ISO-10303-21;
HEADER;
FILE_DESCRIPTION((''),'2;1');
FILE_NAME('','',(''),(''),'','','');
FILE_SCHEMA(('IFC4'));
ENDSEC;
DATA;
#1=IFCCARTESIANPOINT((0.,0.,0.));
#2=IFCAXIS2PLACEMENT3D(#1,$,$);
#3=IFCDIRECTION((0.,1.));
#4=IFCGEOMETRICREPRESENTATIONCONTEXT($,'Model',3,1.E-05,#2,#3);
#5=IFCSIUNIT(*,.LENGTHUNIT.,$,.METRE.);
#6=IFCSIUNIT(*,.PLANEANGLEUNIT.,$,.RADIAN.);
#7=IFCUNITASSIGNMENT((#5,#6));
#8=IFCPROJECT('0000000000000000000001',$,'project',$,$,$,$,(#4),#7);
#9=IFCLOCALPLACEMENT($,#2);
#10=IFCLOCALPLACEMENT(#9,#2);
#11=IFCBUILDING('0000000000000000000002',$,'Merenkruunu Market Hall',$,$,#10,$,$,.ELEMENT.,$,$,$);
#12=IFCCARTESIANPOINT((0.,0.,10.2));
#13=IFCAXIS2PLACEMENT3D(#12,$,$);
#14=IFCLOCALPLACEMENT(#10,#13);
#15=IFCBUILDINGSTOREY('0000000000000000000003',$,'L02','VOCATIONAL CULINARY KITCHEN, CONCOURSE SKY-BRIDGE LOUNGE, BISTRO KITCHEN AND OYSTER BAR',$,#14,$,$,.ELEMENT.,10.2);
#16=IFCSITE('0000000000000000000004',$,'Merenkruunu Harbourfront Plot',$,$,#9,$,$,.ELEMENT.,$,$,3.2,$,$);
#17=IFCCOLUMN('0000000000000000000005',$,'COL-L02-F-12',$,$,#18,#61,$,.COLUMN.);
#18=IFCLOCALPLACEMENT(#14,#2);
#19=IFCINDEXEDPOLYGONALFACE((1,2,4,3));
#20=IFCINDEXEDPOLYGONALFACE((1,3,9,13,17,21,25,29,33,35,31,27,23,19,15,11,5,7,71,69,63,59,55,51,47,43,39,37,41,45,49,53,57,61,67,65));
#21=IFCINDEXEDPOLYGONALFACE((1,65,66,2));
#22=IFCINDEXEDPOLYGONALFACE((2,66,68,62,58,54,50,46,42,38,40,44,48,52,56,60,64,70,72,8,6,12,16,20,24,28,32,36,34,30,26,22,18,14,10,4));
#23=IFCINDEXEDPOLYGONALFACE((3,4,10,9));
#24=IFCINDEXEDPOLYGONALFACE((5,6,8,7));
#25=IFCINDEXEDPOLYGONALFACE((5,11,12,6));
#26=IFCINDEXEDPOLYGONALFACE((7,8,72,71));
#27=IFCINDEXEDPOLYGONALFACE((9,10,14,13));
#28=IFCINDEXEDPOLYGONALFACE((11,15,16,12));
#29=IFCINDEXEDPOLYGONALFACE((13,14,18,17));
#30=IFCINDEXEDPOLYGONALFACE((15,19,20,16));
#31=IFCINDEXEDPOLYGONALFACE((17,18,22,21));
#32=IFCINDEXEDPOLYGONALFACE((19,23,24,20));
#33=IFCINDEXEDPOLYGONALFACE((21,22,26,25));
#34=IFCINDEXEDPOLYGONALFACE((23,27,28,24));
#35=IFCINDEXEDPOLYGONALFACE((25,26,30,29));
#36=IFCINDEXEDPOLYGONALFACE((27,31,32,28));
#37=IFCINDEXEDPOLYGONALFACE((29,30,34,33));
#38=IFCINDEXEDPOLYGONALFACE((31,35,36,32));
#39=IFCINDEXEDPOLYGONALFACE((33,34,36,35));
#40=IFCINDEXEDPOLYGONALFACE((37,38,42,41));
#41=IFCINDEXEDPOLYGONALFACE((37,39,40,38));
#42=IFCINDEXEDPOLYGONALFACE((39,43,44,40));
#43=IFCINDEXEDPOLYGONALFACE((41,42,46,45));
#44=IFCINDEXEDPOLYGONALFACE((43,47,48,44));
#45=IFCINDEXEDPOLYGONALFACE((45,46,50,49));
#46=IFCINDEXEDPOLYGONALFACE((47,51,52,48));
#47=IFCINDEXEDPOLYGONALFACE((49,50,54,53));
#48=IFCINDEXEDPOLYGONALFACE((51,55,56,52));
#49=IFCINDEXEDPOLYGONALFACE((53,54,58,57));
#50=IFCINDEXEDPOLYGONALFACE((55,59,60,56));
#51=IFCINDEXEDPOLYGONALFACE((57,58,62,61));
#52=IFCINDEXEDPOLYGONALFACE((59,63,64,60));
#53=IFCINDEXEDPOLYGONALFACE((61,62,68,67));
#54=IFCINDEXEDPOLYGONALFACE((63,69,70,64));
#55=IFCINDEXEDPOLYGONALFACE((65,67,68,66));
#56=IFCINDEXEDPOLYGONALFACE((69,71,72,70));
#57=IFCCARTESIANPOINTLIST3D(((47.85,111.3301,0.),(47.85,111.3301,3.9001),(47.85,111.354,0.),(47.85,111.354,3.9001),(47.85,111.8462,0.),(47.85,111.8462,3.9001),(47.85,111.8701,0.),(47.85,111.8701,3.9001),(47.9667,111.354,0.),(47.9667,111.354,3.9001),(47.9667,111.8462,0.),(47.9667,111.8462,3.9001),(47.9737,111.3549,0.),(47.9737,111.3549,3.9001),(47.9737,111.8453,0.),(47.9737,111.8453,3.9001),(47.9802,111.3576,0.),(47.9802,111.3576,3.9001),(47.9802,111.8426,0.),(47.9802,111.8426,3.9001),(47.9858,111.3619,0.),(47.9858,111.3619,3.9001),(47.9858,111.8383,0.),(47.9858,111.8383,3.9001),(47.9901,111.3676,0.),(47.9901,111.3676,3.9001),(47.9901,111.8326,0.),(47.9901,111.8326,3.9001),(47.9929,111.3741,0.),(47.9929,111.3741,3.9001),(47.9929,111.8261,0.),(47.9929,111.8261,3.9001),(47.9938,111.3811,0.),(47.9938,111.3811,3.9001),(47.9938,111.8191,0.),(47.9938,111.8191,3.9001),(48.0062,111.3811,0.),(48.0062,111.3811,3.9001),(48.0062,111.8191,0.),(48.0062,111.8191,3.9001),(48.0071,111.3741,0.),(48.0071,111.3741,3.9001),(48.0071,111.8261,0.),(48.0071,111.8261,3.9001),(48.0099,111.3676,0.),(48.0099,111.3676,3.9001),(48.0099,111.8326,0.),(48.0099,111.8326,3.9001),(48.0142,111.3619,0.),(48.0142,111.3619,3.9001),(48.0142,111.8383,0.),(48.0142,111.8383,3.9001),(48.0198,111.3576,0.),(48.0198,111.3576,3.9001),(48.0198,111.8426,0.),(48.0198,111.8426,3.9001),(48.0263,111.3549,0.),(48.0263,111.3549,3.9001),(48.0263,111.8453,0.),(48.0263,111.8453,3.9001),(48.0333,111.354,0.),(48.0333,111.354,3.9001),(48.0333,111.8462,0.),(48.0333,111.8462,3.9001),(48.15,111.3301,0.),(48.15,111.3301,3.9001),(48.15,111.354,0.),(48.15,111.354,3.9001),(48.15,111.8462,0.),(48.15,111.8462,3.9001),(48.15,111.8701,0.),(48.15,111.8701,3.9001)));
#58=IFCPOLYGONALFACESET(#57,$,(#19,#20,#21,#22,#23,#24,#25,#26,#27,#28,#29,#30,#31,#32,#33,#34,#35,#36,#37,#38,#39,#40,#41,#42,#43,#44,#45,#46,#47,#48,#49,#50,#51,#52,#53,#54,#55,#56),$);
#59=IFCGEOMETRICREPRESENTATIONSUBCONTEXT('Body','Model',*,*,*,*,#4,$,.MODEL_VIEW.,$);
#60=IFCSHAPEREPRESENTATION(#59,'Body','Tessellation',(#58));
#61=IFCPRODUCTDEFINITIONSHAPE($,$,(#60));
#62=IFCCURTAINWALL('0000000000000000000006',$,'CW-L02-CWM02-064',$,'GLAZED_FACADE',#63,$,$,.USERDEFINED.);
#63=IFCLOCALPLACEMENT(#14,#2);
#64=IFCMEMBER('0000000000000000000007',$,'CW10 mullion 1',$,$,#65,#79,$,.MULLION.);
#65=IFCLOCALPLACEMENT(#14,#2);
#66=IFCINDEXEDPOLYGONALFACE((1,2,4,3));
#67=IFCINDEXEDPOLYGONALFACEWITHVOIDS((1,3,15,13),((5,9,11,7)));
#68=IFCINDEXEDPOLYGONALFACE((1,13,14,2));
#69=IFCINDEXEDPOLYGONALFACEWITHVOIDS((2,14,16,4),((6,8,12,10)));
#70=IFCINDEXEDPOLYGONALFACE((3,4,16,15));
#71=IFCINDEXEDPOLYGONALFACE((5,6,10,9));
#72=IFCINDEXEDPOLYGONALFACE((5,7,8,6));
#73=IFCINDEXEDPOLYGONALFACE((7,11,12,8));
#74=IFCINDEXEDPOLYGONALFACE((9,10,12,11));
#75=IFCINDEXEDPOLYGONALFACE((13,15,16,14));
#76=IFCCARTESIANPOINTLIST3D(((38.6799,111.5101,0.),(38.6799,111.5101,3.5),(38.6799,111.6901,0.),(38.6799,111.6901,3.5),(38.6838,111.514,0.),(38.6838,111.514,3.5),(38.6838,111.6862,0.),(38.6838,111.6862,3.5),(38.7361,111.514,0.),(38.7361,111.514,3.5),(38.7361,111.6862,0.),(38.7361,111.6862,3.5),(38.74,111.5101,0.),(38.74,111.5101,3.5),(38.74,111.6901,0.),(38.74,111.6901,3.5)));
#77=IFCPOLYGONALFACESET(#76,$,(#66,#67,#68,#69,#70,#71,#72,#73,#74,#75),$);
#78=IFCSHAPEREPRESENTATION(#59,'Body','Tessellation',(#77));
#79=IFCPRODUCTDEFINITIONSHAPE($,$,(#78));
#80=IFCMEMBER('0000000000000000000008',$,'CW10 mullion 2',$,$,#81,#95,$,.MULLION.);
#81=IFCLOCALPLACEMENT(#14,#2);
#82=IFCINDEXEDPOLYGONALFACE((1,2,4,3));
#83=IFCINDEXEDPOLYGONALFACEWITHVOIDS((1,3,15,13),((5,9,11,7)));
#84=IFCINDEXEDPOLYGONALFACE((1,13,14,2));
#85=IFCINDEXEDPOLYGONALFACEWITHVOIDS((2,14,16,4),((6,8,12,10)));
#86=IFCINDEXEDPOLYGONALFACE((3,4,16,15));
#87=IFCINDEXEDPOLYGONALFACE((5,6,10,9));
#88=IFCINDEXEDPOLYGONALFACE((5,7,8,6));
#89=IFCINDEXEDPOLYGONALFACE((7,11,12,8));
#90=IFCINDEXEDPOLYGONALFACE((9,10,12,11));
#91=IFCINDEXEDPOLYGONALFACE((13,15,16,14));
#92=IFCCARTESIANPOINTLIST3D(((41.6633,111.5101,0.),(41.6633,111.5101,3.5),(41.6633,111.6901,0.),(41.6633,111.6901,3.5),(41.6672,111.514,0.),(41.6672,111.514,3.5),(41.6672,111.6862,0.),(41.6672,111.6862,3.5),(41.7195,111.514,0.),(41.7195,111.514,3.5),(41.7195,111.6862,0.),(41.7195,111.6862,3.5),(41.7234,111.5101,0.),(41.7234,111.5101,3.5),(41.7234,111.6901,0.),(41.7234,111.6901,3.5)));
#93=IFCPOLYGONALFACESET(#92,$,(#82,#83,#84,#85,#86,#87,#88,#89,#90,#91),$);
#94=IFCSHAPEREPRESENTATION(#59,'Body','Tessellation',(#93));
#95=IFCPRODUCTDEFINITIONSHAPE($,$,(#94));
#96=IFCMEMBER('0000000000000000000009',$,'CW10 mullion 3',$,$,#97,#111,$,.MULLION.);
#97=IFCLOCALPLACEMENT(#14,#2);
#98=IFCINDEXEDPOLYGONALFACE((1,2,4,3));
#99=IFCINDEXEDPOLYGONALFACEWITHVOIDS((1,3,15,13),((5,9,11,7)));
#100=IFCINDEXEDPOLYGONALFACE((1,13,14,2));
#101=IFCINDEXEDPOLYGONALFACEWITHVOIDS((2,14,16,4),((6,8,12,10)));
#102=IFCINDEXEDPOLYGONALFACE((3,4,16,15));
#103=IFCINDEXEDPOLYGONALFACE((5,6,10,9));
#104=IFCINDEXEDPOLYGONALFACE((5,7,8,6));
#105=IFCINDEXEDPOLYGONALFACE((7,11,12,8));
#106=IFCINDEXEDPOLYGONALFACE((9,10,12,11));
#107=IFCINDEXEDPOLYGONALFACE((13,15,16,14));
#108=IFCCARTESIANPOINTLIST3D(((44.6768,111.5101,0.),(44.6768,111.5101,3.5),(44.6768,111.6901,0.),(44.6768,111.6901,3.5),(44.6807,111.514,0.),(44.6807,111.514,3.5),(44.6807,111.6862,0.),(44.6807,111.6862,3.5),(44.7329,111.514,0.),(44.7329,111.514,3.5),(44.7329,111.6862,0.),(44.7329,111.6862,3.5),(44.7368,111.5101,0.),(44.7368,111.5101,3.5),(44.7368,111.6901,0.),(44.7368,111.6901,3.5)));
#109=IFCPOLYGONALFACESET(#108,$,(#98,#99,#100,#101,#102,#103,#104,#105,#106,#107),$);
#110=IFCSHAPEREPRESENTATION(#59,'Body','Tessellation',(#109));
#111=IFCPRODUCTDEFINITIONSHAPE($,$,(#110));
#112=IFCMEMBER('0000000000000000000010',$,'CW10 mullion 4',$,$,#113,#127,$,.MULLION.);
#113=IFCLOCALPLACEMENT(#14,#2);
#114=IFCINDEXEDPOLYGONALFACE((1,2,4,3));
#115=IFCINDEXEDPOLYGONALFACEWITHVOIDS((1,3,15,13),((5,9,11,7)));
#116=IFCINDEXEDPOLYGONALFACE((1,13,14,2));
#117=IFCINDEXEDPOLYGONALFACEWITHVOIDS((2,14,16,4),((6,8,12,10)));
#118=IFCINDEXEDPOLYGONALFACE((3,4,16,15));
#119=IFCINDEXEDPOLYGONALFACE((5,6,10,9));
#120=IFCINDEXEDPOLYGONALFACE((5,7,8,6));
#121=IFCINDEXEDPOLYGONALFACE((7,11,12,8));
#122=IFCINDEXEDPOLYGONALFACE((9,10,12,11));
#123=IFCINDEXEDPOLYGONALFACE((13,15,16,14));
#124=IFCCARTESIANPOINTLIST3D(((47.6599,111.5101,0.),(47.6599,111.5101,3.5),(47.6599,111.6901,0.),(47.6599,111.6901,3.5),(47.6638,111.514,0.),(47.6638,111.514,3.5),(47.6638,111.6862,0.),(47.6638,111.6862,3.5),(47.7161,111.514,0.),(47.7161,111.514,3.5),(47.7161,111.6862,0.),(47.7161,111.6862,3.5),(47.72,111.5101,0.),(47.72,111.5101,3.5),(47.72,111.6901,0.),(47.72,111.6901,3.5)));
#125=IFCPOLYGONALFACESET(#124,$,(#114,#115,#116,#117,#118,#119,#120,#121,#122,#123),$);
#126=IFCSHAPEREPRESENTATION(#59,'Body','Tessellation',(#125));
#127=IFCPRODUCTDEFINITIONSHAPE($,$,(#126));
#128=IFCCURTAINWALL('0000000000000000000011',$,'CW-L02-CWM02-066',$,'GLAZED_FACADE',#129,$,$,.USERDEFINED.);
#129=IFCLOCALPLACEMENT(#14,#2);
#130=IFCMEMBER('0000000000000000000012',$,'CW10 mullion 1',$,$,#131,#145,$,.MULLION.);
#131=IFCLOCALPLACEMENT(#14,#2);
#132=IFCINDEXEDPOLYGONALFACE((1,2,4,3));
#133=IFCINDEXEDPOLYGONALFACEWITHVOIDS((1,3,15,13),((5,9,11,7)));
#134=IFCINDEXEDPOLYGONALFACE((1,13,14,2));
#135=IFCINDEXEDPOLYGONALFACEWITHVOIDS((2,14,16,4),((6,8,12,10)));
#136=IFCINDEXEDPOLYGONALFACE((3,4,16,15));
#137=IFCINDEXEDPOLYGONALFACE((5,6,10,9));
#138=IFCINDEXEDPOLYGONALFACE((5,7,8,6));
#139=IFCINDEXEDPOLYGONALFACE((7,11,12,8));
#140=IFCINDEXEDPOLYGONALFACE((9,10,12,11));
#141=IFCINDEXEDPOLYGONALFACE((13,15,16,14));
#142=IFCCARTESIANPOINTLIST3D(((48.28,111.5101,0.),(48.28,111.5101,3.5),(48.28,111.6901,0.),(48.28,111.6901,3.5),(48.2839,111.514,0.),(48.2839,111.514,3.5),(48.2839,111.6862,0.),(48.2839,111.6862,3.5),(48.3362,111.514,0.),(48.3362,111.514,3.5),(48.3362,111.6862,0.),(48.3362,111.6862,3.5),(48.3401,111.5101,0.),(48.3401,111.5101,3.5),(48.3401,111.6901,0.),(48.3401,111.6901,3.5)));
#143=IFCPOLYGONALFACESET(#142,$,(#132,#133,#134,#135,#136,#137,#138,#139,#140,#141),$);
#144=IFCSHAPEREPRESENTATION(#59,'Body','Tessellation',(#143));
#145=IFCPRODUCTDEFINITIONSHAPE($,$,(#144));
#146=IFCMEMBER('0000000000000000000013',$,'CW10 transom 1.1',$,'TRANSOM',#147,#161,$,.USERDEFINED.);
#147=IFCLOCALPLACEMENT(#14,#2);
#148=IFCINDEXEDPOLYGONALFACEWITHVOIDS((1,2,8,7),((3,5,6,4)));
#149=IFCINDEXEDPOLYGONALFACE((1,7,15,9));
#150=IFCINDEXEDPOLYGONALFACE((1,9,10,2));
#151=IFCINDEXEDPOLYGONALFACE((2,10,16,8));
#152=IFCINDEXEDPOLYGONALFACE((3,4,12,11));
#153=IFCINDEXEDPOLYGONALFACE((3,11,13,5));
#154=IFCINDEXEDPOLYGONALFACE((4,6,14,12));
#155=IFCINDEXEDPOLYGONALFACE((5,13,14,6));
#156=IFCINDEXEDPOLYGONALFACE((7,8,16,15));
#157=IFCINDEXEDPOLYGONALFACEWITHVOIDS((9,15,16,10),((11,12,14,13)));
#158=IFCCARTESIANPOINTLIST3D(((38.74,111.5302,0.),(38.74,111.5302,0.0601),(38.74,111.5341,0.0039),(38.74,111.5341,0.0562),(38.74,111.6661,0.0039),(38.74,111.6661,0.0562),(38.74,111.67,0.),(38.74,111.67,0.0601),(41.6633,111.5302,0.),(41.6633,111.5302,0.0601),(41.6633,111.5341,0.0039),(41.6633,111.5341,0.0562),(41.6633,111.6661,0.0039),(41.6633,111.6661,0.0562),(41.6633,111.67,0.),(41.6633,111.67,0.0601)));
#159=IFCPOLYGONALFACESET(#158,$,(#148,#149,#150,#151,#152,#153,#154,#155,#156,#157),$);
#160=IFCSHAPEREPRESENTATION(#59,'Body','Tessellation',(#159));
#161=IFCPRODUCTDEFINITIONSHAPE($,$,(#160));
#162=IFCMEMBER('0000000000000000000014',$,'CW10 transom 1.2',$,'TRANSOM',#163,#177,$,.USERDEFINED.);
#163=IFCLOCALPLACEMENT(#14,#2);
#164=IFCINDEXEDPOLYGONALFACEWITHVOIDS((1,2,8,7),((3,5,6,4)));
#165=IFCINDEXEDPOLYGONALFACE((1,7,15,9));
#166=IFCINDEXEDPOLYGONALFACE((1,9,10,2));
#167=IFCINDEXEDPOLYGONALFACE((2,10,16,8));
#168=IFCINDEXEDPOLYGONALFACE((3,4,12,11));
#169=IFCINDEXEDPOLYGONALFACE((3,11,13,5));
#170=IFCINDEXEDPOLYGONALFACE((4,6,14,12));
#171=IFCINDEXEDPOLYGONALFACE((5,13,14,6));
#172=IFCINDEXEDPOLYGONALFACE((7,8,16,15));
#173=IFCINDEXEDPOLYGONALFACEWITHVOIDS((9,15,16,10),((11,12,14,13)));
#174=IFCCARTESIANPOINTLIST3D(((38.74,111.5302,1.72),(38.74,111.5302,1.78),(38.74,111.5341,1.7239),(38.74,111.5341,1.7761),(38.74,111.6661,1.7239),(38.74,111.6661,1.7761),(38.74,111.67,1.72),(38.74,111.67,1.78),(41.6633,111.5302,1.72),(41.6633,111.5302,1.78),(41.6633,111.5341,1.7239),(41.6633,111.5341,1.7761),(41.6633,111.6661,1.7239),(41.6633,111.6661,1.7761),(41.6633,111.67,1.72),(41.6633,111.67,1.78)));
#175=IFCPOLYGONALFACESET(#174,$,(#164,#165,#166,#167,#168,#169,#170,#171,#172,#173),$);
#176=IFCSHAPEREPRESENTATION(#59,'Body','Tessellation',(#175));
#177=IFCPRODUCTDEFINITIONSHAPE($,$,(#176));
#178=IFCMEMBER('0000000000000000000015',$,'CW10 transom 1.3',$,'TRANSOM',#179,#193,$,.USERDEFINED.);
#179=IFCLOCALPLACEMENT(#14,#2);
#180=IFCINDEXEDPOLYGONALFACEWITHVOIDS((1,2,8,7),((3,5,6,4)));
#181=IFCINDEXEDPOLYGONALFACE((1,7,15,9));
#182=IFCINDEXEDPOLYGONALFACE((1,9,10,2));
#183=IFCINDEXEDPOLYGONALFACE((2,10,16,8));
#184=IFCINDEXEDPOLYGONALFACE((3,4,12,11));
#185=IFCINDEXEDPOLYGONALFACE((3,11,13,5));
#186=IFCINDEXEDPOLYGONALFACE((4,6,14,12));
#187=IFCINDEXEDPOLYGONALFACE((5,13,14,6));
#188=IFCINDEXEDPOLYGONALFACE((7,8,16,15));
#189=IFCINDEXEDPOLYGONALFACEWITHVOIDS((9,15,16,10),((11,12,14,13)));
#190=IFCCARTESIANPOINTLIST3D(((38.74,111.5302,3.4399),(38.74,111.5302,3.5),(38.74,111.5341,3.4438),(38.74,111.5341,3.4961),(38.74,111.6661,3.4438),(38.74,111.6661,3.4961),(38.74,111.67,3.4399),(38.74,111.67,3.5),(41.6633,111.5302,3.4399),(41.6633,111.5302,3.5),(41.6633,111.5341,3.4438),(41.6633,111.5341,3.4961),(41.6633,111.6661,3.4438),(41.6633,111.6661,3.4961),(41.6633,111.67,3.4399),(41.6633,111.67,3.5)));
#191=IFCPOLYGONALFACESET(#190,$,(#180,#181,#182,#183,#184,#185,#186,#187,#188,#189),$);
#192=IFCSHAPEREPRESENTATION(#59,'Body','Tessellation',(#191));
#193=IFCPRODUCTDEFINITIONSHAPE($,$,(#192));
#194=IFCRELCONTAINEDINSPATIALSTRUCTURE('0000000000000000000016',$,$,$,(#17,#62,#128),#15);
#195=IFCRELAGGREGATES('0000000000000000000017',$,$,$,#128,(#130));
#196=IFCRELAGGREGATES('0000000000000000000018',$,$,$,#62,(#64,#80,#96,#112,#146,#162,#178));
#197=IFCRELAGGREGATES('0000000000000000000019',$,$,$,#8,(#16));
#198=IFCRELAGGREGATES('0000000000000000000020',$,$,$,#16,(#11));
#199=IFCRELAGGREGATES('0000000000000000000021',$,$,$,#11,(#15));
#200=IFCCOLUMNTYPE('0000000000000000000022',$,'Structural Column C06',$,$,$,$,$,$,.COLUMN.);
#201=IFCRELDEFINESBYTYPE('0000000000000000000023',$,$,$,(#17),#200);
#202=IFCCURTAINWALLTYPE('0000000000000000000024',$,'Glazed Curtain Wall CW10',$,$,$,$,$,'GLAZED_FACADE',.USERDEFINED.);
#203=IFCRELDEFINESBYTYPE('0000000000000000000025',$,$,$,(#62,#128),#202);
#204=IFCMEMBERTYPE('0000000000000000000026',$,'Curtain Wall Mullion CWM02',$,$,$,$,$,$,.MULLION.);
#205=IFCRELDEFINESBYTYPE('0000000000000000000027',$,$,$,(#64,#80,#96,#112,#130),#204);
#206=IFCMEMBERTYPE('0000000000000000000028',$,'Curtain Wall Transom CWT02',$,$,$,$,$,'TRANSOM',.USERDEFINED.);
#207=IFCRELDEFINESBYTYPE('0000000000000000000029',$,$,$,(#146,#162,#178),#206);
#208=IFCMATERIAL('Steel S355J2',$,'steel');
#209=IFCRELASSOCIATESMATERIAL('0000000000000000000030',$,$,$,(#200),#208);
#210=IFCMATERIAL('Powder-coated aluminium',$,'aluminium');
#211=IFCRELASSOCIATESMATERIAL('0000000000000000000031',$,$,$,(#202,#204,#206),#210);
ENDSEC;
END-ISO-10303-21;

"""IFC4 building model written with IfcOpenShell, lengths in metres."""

from ifc_helpers import new_model, si_unit, direction, frame, origin, origin_2d, place, context, subcontext, project, spatial, hollow_rectangle, i_section, extrude, material, material_profile, profile_set, type_object, element, aggregate, save


model = new_model("IFC4")

# Units and contexts
model_context = context("Model", 3, precision=1e-05, world=origin(), true_north=direction((0.0, 1.0)))
body_context = subcontext(model_context, "Body", "Model", "MODEL_VIEW")
ifc_project = project(units=[si_unit("LENGTHUNIT", "METRE"), si_unit("PLANEANGLEUNIT", "RADIAN")], contexts=[model_context])

# Site, building, storey
site_placement = place(None, origin())
site = spatial("IfcSite", under=ifc_project, at=site_placement, Name="Merenkruunu Harbourfront Plot", CompositionType="ELEMENT", RefElevation=3.2)
building_placement = place(site_placement, origin())
building = spatial("IfcBuilding", under=site, at=building_placement, Name="Merenkruunu Market Hall", CompositionType="ELEMENT")
storey_placement = place(building_placement, frame((0.0, 0.0, 10.2)))
storey = spatial("IfcBuildingStorey", under=building, at=storey_placement, Name="L02", Description="VOCATIONAL CULINARY KITCHEN, CONCOURSE SKY-BRIDGE LOUNGE, BISTRO KITCHEN AND OYSTER BAR", CompositionType="ELEMENT", Elevation=10.2)

# Column
ifc_material_1 = material(Name="Steel S355J2", Category="steel")
ifc_material_profile_1 = material_profile(ifc_material_1, i_section(OverallWidth=0.3, OverallDepth=0.54, WebThickness=0.0125, FlangeThickness=0.0239, FilletRadius=0.0271, at=origin_2d()), Name="HEA 550")
ifc_profile_set_1 = profile_set([ifc_material_profile_1], Name="Steel S355J2")
column_type = type_object("IfcColumnType", Name="Structural Column C06", PredefinedType="COLUMN", material=ifc_profile_set_1)
column_placement = place(storey_placement, frame((48.0, 111.6001, 0.0), z_axis=(0.0, 0.0, 1.0), x_axis=(1.0, 0.0, 0.0)))
element("IfcColumn", 1, at=column_placement, inside=storey, type_object=column_type, Name="COL-L02-F-12", PredefinedType="COLUMN", context=body_context, shape_type="SweptSolid", body=[
    extrude(i_section(OverallWidth=0.3, OverallDepth=0.54, WebThickness=0.0125, FlangeThickness=0.0239, FilletRadius=0.0271, at=origin_2d()), origin(), (0.0, 0.0, 1.0), 3.9001),
])

# Curtain wall, members
ifc_material_2 = material(Name="Powder-coated aluminium", Category="aluminium")
curtain_wall_type = type_object("IfcCurtainWallType", Name="Glazed Curtain Wall CW10", ElementType="GLAZED_FACADE", PredefinedType="USERDEFINED", material=ifc_material_2)
curtain_wall_1_placement = place(storey_placement, origin())
curtain_wall_1 = element("IfcCurtainWall", 2, at=curtain_wall_1_placement, inside=storey, type_object=curtain_wall_type, Name="CW-L02-CWM02-064", ObjectType="GLAZED_FACADE", PredefinedType="USERDEFINED")
ifc_material_profile_2 = material_profile(ifc_material_2, hollow_rectangle(XDim=0.0601, YDim=0.1799, WallThickness=0.0039, at=origin_2d()), Name="ALU 60x180x4")
ifc_profile_set_2 = profile_set([ifc_material_profile_2], Name="Powder-coated aluminium")
member_type_1 = type_object("IfcMemberType", Name="Curtain Wall Mullion CWM02", PredefinedType="MULLION", material=ifc_profile_set_2)
member_1_placement = place(storey_placement, frame((38.71, 111.6001, 0.0), z_axis=(0.0, 0.0, 1.0), x_axis=(1.0, 0.0, 0.0)))
member_1 = element("IfcMember", 3, at=member_1_placement, type_object=member_type_1, Name="CW10 mullion 1", PredefinedType="MULLION", context=body_context, shape_type="SweptSolid", body=[
    extrude(hollow_rectangle(XDim=0.0601, YDim=0.1799, WallThickness=0.0039, at=origin_2d()), origin(), (0.0, 0.0, 1.0), 3.5),
])
member_2_placement = place(storey_placement, frame((41.6934, 111.6001, 0.0), z_axis=(0.0, 0.0, 1.0), x_axis=(1.0, 0.0, 0.0)))
member_2 = element("IfcMember", 4, at=member_2_placement, type_object=member_type_1, Name="CW10 mullion 2", PredefinedType="MULLION", context=body_context, shape_type="SweptSolid", body=[
    extrude(hollow_rectangle(XDim=0.0601, YDim=0.1799, WallThickness=0.0039, at=origin_2d()), origin(), (0.0, 0.0, 1.0), 3.5),
])
member_3_placement = place(storey_placement, frame((44.7068, 111.6001, 0.0), z_axis=(0.0, 0.0, 1.0), x_axis=(1.0, 0.0, 0.0)))
member_3 = element("IfcMember", 5, at=member_3_placement, type_object=member_type_1, Name="CW10 mullion 3", PredefinedType="MULLION", context=body_context, shape_type="SweptSolid", body=[
    extrude(hollow_rectangle(XDim=0.0601, YDim=0.1799, WallThickness=0.0039, at=origin_2d()), origin(), (0.0, 0.0, 1.0), 3.5),
])
member_4_placement = place(storey_placement, frame((47.6899, 111.6001, 0.0), z_axis=(0.0, 0.0, 1.0), x_axis=(1.0, 0.0, 0.0)))
member_4 = element("IfcMember", 6, at=member_4_placement, type_object=member_type_1, Name="CW10 mullion 4", PredefinedType="MULLION", context=body_context, shape_type="SweptSolid", body=[
    extrude(hollow_rectangle(XDim=0.0601, YDim=0.1799, WallThickness=0.0039, at=origin_2d()), origin(), (0.0, 0.0, 1.0), 3.5),
])

# Curtain wall, member
curtain_wall_2_placement = place(storey_placement, origin())
curtain_wall_2 = element("IfcCurtainWall", 7, at=curtain_wall_2_placement, inside=storey, type_object=curtain_wall_type, Name="CW-L02-CWM02-066", ObjectType="GLAZED_FACADE", PredefinedType="USERDEFINED")
member_5_placement = place(storey_placement, frame((48.3101, 111.6001, 0.0), z_axis=(0.0, 0.0, 1.0), x_axis=(1.0, 0.0, 0.0)))
member_5 = element("IfcMember", 8, at=member_5_placement, type_object=member_type_1, Name="CW10 mullion 1", PredefinedType="MULLION", context=body_context, shape_type="SweptSolid", body=[
    extrude(hollow_rectangle(XDim=0.0601, YDim=0.1799, WallThickness=0.0039, at=origin_2d()), origin(), (0.0, 0.0, 1.0), 3.5),
])
aggregate(curtain_wall_2, [member_5])

# Members
ifc_material_profile_3 = material_profile(ifc_material_2, hollow_rectangle(XDim=0.0601, YDim=0.1399, WallThickness=0.0039, at=origin_2d()), Name="ALU 60x140x4")
ifc_profile_set_3 = profile_set([ifc_material_profile_3], Name="Powder-coated aluminium")
member_type_2 = type_object("IfcMemberType", Name="Curtain Wall Transom CWT02", ElementType="TRANSOM", PredefinedType="USERDEFINED", material=ifc_profile_set_3)
member_6_placement = place(storey_placement, frame((38.74, 111.6001, 0.03), z_axis=(1.0, 0.0, 0.0), x_axis=(0.0, 0.0, 1.0)))
member_6 = element("IfcMember", 9, at=member_6_placement, type_object=member_type_2, Name="CW10 transom 1.1", ObjectType="TRANSOM", PredefinedType="USERDEFINED", context=body_context, shape_type="SweptSolid", body=[
    extrude(hollow_rectangle(XDim=0.0601, YDim=0.1399, WallThickness=0.0039, at=origin_2d()), origin(), (0.0, 0.0, 1.0), 2.9233),
])
member_7_placement = place(storey_placement, frame((38.74, 111.6001, 1.75), z_axis=(1.0, 0.0, 0.0), x_axis=(0.0, 0.0, 1.0)))
member_7 = element("IfcMember", 10, at=member_7_placement, type_object=member_type_2, Name="CW10 transom 1.2", ObjectType="TRANSOM", PredefinedType="USERDEFINED", context=body_context, shape_type="SweptSolid", body=[
    extrude(hollow_rectangle(XDim=0.0601, YDim=0.1399, WallThickness=0.0039, at=origin_2d()), origin(), (0.0, 0.0, 1.0), 2.9233),
])
member_8_placement = place(storey_placement, frame((38.74, 111.6001, 3.47), z_axis=(1.0, 0.0, 0.0), x_axis=(0.0, 0.0, 1.0)))
member_8 = element("IfcMember", 11, at=member_8_placement, type_object=member_type_2, Name="CW10 transom 1.3", ObjectType="TRANSOM", PredefinedType="USERDEFINED", context=body_context, shape_type="SweptSolid", body=[
    extrude(hollow_rectangle(XDim=0.0601, YDim=0.1399, WallThickness=0.0039, at=origin_2d()), origin(), (0.0, 0.0, 1.0), 2.9233),
])

aggregate(curtain_wall_1, [member_1, member_2, member_3, member_4, member_6, member_7, member_8])

save(model, "model.ifc")
